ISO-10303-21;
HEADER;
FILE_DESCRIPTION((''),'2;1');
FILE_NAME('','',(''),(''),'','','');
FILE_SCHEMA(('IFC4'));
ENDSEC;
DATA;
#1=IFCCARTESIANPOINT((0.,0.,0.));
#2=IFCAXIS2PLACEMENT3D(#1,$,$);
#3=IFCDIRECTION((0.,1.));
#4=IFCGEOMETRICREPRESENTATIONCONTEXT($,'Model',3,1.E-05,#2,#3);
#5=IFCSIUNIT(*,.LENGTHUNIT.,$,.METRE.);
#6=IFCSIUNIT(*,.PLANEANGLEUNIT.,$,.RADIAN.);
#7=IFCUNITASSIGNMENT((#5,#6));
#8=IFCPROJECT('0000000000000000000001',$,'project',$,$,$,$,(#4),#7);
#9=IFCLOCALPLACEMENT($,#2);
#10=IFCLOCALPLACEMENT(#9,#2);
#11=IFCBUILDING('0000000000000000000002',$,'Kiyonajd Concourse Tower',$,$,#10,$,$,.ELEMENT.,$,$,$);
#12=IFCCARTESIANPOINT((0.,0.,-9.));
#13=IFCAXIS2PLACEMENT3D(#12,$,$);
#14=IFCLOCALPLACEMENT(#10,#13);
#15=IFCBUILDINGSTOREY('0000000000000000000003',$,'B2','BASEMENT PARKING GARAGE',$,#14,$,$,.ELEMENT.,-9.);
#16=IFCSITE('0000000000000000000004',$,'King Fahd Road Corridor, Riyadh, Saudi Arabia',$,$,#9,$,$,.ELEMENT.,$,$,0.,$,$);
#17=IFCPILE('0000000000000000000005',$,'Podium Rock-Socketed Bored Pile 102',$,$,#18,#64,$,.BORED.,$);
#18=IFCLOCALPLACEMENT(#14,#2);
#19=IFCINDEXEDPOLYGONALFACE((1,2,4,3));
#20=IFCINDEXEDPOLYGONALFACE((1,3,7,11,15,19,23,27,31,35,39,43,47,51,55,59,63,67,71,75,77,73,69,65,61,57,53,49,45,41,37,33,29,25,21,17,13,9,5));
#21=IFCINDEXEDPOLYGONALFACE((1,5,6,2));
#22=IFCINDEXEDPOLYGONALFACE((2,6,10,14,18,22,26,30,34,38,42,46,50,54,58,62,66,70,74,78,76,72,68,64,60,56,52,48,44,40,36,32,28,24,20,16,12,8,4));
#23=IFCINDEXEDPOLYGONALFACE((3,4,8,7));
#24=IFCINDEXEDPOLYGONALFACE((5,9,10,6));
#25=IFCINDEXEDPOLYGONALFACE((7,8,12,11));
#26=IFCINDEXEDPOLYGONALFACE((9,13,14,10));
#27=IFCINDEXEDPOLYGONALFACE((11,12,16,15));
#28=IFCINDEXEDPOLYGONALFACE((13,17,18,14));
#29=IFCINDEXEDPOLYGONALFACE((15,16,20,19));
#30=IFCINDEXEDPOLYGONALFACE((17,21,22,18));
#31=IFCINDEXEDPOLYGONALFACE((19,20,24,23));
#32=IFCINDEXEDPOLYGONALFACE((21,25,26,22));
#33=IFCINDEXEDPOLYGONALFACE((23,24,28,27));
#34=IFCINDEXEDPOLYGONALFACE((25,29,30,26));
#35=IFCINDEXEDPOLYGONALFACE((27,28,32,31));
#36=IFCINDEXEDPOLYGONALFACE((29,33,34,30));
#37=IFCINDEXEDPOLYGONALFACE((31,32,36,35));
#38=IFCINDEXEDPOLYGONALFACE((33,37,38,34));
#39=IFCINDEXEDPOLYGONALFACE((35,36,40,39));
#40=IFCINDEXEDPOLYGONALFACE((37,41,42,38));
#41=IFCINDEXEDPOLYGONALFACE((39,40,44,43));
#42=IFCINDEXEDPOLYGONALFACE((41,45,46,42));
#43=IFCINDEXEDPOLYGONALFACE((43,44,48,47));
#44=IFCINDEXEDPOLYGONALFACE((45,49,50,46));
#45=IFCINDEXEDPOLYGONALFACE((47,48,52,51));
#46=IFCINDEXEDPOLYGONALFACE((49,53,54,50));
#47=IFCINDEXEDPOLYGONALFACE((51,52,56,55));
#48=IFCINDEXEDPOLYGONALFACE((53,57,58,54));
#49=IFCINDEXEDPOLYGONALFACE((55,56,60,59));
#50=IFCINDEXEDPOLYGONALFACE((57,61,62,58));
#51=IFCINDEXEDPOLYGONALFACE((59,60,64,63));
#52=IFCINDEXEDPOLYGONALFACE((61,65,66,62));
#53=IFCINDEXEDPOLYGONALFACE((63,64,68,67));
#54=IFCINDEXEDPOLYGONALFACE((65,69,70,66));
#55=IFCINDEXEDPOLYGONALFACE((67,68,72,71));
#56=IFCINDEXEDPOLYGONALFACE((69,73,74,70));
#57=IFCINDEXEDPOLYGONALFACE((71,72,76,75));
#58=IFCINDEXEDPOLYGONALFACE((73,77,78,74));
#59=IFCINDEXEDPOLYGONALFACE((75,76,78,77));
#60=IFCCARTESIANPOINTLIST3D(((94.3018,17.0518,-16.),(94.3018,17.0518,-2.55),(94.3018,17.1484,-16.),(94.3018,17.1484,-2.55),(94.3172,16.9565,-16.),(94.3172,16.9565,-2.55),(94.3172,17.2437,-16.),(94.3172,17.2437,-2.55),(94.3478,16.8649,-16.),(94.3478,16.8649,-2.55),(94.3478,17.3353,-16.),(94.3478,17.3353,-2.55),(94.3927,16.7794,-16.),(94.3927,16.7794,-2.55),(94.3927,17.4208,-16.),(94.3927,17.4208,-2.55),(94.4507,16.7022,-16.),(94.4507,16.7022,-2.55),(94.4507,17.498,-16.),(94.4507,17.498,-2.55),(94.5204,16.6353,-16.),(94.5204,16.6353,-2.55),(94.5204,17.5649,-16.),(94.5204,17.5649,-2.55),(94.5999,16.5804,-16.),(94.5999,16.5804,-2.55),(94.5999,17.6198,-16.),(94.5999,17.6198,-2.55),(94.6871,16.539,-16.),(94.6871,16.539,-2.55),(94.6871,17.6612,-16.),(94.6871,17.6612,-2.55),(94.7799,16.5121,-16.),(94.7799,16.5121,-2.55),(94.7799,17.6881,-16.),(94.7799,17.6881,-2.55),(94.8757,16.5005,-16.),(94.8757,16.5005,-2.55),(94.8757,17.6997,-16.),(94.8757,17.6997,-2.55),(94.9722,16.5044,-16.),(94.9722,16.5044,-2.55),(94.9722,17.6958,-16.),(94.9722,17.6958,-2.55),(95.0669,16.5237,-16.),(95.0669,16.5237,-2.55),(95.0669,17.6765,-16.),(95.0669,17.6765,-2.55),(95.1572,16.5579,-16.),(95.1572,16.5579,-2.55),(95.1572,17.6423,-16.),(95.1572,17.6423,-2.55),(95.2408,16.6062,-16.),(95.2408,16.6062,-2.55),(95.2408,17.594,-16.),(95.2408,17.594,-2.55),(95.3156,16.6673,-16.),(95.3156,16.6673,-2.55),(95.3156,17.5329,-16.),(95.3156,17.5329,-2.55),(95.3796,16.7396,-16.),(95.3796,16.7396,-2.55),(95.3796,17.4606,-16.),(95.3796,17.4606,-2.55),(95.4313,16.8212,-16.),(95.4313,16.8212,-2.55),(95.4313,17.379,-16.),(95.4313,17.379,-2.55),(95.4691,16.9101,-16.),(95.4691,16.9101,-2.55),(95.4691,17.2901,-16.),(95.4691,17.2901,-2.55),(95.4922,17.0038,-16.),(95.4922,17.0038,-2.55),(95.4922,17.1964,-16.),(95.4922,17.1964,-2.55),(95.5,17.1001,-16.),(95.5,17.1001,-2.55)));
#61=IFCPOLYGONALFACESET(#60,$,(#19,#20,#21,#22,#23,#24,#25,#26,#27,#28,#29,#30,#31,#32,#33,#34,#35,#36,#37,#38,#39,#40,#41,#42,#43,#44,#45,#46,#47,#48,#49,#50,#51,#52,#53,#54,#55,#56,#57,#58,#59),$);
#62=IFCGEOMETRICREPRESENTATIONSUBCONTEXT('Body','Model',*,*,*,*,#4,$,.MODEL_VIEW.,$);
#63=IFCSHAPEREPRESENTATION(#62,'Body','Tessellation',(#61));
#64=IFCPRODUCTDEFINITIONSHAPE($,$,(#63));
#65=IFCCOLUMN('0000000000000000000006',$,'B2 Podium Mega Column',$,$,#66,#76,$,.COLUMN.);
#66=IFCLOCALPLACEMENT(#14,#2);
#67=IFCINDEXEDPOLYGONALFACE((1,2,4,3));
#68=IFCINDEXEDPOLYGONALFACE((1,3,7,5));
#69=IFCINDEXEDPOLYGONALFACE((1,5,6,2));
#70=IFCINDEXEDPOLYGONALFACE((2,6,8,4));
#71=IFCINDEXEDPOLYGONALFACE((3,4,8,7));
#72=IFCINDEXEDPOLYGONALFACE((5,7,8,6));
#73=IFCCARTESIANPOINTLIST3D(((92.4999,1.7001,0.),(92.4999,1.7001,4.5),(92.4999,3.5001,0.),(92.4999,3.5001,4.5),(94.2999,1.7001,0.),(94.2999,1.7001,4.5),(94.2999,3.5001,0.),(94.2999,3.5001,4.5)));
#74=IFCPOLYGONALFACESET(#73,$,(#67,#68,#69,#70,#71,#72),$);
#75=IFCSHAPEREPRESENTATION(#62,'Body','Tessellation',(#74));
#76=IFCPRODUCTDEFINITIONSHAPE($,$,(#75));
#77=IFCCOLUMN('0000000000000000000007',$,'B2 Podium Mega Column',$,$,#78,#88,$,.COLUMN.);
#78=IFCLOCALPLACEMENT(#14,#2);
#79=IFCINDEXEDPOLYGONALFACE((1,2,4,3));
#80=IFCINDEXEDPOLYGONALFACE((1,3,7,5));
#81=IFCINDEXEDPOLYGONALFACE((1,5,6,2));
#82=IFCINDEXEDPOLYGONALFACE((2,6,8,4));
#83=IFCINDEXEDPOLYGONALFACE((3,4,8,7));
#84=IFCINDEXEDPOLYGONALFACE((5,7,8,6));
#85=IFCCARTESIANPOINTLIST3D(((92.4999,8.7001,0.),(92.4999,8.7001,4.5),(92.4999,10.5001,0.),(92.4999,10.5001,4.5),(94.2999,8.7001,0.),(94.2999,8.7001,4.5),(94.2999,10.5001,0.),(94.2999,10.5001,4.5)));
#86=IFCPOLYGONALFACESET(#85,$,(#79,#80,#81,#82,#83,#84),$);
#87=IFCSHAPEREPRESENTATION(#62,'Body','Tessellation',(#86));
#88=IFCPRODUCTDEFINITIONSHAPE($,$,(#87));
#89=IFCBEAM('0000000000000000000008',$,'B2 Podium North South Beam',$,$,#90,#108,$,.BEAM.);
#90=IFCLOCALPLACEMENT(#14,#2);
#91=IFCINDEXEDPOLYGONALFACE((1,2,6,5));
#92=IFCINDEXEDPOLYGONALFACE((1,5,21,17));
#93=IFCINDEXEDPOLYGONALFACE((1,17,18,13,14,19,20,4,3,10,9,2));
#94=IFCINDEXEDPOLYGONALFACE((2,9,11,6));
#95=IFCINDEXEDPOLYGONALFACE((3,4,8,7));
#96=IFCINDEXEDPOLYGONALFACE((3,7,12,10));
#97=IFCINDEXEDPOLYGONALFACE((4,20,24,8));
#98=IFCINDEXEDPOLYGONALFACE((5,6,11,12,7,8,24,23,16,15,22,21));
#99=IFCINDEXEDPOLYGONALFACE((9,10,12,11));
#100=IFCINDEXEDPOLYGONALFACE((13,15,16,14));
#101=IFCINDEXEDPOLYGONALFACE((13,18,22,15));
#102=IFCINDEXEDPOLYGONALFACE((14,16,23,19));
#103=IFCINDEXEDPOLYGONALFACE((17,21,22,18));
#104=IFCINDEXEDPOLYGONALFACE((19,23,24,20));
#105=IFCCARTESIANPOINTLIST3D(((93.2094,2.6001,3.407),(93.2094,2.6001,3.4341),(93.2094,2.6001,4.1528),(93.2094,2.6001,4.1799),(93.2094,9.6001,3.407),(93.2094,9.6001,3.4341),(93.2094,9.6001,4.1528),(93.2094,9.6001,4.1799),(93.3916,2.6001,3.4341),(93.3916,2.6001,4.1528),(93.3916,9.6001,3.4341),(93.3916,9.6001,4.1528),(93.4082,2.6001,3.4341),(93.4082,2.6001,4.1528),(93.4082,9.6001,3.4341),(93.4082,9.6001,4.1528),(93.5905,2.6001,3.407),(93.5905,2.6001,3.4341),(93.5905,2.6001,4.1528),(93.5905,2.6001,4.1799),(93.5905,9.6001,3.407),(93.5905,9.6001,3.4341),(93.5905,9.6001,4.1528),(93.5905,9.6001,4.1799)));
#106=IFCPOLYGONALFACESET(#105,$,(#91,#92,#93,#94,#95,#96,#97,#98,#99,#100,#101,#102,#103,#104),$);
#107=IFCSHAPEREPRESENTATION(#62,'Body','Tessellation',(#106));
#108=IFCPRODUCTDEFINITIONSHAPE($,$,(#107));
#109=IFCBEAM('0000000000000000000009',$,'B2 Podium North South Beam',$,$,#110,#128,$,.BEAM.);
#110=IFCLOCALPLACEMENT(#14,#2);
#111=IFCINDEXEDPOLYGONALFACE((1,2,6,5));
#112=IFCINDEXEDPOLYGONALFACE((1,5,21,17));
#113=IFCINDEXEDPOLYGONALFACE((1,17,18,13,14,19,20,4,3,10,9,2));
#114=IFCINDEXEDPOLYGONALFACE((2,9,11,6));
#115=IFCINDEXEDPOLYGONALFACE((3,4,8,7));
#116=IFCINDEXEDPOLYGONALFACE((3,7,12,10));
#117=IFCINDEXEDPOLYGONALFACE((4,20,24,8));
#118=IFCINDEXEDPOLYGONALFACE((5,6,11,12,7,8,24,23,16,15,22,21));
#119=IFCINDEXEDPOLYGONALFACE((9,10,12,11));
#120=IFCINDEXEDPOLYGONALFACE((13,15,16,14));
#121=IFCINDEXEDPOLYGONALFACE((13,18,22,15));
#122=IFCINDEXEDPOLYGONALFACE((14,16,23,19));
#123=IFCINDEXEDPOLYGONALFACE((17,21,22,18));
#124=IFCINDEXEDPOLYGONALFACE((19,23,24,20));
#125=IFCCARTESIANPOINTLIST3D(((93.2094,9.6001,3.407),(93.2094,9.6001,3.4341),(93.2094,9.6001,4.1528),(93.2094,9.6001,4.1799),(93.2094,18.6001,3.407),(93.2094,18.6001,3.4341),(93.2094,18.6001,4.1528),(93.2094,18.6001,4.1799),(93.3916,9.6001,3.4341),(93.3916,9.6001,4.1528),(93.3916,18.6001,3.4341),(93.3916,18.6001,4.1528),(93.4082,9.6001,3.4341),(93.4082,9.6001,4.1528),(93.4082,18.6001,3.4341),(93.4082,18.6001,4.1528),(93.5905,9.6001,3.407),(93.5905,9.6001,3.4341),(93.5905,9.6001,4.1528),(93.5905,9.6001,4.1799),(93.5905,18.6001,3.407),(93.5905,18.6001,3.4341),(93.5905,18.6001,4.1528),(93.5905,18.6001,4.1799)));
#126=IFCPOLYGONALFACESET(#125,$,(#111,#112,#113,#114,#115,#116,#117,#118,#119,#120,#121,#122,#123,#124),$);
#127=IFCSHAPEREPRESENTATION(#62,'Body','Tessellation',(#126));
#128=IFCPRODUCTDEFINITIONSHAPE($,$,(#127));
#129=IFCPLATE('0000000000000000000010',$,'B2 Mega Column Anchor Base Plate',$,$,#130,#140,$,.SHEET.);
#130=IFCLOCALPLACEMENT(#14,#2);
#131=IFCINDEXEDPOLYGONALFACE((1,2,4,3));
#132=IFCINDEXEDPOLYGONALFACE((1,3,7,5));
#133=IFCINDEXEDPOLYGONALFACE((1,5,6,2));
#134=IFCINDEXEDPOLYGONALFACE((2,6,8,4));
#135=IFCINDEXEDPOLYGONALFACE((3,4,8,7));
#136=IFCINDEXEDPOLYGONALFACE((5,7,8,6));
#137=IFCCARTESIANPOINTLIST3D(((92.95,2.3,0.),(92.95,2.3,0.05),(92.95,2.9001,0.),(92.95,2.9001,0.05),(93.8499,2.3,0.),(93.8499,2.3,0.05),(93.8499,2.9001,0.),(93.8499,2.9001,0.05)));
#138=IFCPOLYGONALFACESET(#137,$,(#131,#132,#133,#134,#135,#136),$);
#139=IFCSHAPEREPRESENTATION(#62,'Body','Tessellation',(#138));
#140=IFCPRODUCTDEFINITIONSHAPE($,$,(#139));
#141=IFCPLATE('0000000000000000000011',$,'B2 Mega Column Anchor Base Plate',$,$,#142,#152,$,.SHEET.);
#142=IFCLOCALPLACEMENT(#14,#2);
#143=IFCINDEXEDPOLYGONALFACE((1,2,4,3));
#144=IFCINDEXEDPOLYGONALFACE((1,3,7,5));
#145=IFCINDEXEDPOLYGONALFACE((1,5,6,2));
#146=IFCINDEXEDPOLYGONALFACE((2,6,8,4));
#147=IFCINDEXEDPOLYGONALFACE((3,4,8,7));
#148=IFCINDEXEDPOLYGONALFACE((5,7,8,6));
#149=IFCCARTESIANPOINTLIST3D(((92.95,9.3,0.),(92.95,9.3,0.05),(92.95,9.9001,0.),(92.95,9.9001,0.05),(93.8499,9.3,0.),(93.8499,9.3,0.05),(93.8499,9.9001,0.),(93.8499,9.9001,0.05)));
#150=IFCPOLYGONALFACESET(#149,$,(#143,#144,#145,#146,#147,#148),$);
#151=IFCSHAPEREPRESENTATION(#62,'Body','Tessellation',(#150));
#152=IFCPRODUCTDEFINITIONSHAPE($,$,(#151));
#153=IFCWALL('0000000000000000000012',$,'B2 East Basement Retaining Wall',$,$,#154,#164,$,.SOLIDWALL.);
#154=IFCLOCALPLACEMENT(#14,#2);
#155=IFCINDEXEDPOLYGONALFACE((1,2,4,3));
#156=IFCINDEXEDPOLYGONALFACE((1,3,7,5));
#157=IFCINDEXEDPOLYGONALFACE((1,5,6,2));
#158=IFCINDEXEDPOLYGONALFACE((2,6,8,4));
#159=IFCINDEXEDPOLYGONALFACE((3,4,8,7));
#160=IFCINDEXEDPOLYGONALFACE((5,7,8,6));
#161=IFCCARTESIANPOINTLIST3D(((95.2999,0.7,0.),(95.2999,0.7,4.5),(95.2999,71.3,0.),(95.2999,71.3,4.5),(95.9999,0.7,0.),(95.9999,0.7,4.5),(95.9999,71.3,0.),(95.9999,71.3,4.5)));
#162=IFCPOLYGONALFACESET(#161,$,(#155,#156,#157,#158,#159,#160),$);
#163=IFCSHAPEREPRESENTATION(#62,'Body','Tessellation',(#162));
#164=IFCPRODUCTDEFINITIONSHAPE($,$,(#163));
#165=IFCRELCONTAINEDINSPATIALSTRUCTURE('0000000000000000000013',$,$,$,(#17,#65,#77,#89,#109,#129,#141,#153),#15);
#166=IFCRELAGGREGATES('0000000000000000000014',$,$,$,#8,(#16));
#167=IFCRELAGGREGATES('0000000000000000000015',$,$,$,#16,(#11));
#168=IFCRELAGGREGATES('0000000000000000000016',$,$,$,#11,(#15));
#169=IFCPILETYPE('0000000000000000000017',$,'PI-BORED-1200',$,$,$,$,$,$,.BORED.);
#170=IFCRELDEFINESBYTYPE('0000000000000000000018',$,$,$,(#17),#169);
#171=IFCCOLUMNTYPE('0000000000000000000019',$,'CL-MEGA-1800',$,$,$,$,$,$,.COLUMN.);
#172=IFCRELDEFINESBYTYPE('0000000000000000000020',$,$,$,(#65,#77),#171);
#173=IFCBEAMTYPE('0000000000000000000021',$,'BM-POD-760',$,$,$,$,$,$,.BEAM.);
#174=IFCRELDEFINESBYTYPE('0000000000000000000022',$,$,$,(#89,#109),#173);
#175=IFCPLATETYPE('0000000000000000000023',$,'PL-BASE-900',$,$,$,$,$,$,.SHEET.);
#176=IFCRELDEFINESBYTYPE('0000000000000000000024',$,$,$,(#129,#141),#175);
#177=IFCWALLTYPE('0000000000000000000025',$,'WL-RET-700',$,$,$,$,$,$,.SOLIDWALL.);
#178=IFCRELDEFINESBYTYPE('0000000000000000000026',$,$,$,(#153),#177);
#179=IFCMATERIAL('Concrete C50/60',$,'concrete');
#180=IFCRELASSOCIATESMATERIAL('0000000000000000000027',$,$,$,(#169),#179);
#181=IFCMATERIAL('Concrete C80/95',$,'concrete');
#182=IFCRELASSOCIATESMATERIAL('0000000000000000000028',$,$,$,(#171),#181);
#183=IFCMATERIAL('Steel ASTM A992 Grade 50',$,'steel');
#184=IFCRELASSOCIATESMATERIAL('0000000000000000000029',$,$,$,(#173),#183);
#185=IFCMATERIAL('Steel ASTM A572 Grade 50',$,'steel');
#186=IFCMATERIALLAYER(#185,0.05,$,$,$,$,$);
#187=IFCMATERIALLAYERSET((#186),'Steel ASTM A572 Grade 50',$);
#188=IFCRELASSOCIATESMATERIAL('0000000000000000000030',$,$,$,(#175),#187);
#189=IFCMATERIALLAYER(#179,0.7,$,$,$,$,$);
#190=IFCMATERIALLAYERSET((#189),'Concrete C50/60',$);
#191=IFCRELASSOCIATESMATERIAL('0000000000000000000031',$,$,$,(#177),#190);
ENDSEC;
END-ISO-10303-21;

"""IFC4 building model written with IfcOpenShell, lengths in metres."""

from ifc_helpers import new_model, si_unit, direction, frame, frame_2d, origin, origin_2d, place, context, subcontext, project, spatial, rectangle, circle, i_section, extrude, material, layer, layer_set, material_profile, profile_set, type_object, element, save


model = new_model("IFC4")

# Units and contexts
model_context = context("Model", 3, precision=1e-05, world=origin(), true_north=direction((0.0, 1.0)))
body_context = subcontext(model_context, "Body", "Model", "MODEL_VIEW")
ifc_project = project(units=[si_unit("LENGTHUNIT", "METRE"), si_unit("PLANEANGLEUNIT", "RADIAN")], contexts=[model_context])

# Site, building, storey
site_placement = place(None, origin())
site = spatial("IfcSite", under=ifc_project, at=site_placement, Name="King Fahd Road Corridor, Riyadh, Saudi Arabia", CompositionType="ELEMENT", RefElevation=0.0)
building_placement = place(site_placement, origin())
building = spatial("IfcBuilding", under=site, at=building_placement, Name="Kiyonajd Concourse Tower", CompositionType="ELEMENT")
storey_placement = place(building_placement, frame((0.0, 0.0, -9.0)))
storey = spatial("IfcBuildingStorey", under=building, at=storey_placement, Name="B2", Description="BASEMENT PARKING GARAGE", CompositionType="ELEMENT", Elevation=-9.0)

# Shared definitions
ifc_material_1 = material(Name="Concrete C50/60", Category="concrete")

# Pile
ifc_material_profile_1 = material_profile(ifc_material_1, circle(Radius=0.6001, at=origin_2d()), Name="PILE-D1200")
ifc_profile_set_1 = profile_set([ifc_material_profile_1], Name="Concrete C50/60")
pile_type = type_object("IfcPileType", Name="PI-BORED-1200", PredefinedType="BORED", material=ifc_profile_set_1)
for number, where, z_axis, x_axis, name in (
    (1, (94.8999, 17.1001, -2.55), (0.0, 0.0, -1.0), (1.0, 0.0, 0.0), "Podium Rock-Socketed Bored Pile 102"),
):
    element("IfcPile", number, at=place(storey_placement, frame(where, z_axis=z_axis, x_axis=x_axis)), inside=storey, type_object=pile_type, Name=name, PredefinedType="BORED", context=body_context, shape_type="SweptSolid", body=[
        extrude(circle(Radius=0.6001, at=origin_2d()), origin(), (0.0, 0.0, 1.0), 13.45),
    ])

# Columns
ifc_material_2 = material(Name="Concrete C80/95", Category="concrete")
ifc_material_profile_2 = material_profile(ifc_material_2, rectangle(XDim=1.8, YDim=1.8, at=origin_2d()), Name="RC-1800x1800")
ifc_profile_set_2 = profile_set([ifc_material_profile_2], Name="Concrete C80/95")
column_type = type_object("IfcColumnType", Name="CL-MEGA-1800", PredefinedType="COLUMN", material=ifc_profile_set_2)
for number, where, z_axis, x_axis, name in (
    (2, (93.3999, 2.6001, 0.0), (0.0, 0.0, 1.0), (1.0, 0.0, 0.0), "B2 Podium Mega Column"),
    (3, (93.3999, 9.6001, 0.0), (0.0, 0.0, 1.0), (1.0, 0.0, 0.0), "B2 Podium Mega Column"),
):
    element("IfcColumn", number, at=place(storey_placement, frame(where, z_axis=z_axis, x_axis=x_axis)), inside=storey, type_object=column_type, Name=name, PredefinedType="COLUMN", context=body_context, shape_type="SweptSolid", body=[
        extrude(rectangle(XDim=1.8, YDim=1.8, at=origin_2d()), origin(), (0.0, 0.0, 1.0), 4.5),
    ])

# Beams
ifc_material_3 = material(Name="Steel ASTM A992 Grade 50", Category="steel")
ifc_material_profile_3 = material_profile(ifc_material_3, i_section(OverallWidth=0.3811, OverallDepth=0.7729, WebThickness=0.0166, FlangeThickness=0.0271, at=origin_2d()), Name="W760X257")
ifc_profile_set_3 = profile_set([ifc_material_profile_3], Name="Steel ASTM A992 Grade 50")
beam_type = type_object("IfcBeamType", Name="BM-POD-760", PredefinedType="BEAM", material=ifc_profile_set_3)
beam_1_placement = place(storey_placement, frame((93.3999, 2.6001, 3.7935), z_axis=(0.0, 1.0, 0.0), x_axis=(-1.0, 0.0, 0.0)))
element("IfcBeam", 4, at=beam_1_placement, inside=storey, type_object=beam_type, Name="B2 Podium North South Beam", PredefinedType="BEAM", context=body_context, shape_type="SweptSolid", body=[
    extrude(i_section(OverallWidth=0.3811, OverallDepth=0.7729, WebThickness=0.0166, FlangeThickness=0.0271, at=origin_2d()), origin(), (0.0, 0.0, 1.0), 7.0),
])
beam_2_placement = place(storey_placement, frame((93.3999, 9.6001, 3.7935), z_axis=(0.0, 1.0, 0.0), x_axis=(-1.0, 0.0, 0.0)))
element("IfcBeam", 5, at=beam_2_placement, inside=storey, type_object=beam_type, Name="B2 Podium North South Beam", PredefinedType="BEAM", context=body_context, shape_type="SweptSolid", body=[
    extrude(i_section(OverallWidth=0.3811, OverallDepth=0.7729, WebThickness=0.0166, FlangeThickness=0.0271, at=origin_2d()), origin(), (0.0, 0.0, 1.0), 9.0),
])

# Plates
ifc_material_4 = material(Name="Steel ASTM A572 Grade 50", Category="steel")
ifc_layer_1 = layer(ifc_material_4, 0.05)
ifc_layer_set_1 = layer_set([ifc_layer_1], Name="Steel ASTM A572 Grade 50")
plate_type = type_object("IfcPlateType", Name="PL-BASE-900", PredefinedType="SHEET", material=ifc_layer_set_1)
for number, where, z_axis, x_axis, name in (
    (6, (93.3999, 2.6001, 0.0), (0.0, 0.0, 1.0), (1.0, 0.0, 0.0), "B2 Mega Column Anchor Base Plate"),
    (7, (93.3999, 9.6001, 0.0), (0.0, 0.0, 1.0), (1.0, 0.0, 0.0), "B2 Mega Column Anchor Base Plate"),
):
    element("IfcPlate", number, at=place(storey_placement, frame(where, z_axis=z_axis, x_axis=x_axis)), inside=storey, type_object=plate_type, Name=name, PredefinedType="SHEET", context=body_context, shape_type="SweptSolid", body=[
        extrude(rectangle(XDim=0.8999, YDim=0.6001, at=origin_2d()), origin(), (0.0, 0.0, 1.0), 0.05),
    ])

# Wall
ifc_layer_2 = layer(ifc_material_1, 0.7)
ifc_layer_set_2 = layer_set([ifc_layer_2], Name="Concrete C50/60")
wall_type = type_object("IfcWallType", Name="WL-RET-700", PredefinedType="SOLIDWALL", material=ifc_layer_set_2)
wall_placement = place(storey_placement, frame((95.6499, 0.7, 0.0), z_axis=(0.0, 0.0, 1.0), x_axis=(0.0, 1.0, 0.0)))
element("IfcWall", 8, at=wall_placement, inside=storey, type_object=wall_type, Name="B2 East Basement Retaining Wall", PredefinedType="SOLIDWALL", context=body_context, shape_type="SweptSolid", body=[
    extrude(rectangle(XDim=70.6001, YDim=0.7, at=frame_2d((35.3, 0.0))), origin(), (0.0, 0.0, 1.0), 4.5),
])

save(model, "model.ifc")
